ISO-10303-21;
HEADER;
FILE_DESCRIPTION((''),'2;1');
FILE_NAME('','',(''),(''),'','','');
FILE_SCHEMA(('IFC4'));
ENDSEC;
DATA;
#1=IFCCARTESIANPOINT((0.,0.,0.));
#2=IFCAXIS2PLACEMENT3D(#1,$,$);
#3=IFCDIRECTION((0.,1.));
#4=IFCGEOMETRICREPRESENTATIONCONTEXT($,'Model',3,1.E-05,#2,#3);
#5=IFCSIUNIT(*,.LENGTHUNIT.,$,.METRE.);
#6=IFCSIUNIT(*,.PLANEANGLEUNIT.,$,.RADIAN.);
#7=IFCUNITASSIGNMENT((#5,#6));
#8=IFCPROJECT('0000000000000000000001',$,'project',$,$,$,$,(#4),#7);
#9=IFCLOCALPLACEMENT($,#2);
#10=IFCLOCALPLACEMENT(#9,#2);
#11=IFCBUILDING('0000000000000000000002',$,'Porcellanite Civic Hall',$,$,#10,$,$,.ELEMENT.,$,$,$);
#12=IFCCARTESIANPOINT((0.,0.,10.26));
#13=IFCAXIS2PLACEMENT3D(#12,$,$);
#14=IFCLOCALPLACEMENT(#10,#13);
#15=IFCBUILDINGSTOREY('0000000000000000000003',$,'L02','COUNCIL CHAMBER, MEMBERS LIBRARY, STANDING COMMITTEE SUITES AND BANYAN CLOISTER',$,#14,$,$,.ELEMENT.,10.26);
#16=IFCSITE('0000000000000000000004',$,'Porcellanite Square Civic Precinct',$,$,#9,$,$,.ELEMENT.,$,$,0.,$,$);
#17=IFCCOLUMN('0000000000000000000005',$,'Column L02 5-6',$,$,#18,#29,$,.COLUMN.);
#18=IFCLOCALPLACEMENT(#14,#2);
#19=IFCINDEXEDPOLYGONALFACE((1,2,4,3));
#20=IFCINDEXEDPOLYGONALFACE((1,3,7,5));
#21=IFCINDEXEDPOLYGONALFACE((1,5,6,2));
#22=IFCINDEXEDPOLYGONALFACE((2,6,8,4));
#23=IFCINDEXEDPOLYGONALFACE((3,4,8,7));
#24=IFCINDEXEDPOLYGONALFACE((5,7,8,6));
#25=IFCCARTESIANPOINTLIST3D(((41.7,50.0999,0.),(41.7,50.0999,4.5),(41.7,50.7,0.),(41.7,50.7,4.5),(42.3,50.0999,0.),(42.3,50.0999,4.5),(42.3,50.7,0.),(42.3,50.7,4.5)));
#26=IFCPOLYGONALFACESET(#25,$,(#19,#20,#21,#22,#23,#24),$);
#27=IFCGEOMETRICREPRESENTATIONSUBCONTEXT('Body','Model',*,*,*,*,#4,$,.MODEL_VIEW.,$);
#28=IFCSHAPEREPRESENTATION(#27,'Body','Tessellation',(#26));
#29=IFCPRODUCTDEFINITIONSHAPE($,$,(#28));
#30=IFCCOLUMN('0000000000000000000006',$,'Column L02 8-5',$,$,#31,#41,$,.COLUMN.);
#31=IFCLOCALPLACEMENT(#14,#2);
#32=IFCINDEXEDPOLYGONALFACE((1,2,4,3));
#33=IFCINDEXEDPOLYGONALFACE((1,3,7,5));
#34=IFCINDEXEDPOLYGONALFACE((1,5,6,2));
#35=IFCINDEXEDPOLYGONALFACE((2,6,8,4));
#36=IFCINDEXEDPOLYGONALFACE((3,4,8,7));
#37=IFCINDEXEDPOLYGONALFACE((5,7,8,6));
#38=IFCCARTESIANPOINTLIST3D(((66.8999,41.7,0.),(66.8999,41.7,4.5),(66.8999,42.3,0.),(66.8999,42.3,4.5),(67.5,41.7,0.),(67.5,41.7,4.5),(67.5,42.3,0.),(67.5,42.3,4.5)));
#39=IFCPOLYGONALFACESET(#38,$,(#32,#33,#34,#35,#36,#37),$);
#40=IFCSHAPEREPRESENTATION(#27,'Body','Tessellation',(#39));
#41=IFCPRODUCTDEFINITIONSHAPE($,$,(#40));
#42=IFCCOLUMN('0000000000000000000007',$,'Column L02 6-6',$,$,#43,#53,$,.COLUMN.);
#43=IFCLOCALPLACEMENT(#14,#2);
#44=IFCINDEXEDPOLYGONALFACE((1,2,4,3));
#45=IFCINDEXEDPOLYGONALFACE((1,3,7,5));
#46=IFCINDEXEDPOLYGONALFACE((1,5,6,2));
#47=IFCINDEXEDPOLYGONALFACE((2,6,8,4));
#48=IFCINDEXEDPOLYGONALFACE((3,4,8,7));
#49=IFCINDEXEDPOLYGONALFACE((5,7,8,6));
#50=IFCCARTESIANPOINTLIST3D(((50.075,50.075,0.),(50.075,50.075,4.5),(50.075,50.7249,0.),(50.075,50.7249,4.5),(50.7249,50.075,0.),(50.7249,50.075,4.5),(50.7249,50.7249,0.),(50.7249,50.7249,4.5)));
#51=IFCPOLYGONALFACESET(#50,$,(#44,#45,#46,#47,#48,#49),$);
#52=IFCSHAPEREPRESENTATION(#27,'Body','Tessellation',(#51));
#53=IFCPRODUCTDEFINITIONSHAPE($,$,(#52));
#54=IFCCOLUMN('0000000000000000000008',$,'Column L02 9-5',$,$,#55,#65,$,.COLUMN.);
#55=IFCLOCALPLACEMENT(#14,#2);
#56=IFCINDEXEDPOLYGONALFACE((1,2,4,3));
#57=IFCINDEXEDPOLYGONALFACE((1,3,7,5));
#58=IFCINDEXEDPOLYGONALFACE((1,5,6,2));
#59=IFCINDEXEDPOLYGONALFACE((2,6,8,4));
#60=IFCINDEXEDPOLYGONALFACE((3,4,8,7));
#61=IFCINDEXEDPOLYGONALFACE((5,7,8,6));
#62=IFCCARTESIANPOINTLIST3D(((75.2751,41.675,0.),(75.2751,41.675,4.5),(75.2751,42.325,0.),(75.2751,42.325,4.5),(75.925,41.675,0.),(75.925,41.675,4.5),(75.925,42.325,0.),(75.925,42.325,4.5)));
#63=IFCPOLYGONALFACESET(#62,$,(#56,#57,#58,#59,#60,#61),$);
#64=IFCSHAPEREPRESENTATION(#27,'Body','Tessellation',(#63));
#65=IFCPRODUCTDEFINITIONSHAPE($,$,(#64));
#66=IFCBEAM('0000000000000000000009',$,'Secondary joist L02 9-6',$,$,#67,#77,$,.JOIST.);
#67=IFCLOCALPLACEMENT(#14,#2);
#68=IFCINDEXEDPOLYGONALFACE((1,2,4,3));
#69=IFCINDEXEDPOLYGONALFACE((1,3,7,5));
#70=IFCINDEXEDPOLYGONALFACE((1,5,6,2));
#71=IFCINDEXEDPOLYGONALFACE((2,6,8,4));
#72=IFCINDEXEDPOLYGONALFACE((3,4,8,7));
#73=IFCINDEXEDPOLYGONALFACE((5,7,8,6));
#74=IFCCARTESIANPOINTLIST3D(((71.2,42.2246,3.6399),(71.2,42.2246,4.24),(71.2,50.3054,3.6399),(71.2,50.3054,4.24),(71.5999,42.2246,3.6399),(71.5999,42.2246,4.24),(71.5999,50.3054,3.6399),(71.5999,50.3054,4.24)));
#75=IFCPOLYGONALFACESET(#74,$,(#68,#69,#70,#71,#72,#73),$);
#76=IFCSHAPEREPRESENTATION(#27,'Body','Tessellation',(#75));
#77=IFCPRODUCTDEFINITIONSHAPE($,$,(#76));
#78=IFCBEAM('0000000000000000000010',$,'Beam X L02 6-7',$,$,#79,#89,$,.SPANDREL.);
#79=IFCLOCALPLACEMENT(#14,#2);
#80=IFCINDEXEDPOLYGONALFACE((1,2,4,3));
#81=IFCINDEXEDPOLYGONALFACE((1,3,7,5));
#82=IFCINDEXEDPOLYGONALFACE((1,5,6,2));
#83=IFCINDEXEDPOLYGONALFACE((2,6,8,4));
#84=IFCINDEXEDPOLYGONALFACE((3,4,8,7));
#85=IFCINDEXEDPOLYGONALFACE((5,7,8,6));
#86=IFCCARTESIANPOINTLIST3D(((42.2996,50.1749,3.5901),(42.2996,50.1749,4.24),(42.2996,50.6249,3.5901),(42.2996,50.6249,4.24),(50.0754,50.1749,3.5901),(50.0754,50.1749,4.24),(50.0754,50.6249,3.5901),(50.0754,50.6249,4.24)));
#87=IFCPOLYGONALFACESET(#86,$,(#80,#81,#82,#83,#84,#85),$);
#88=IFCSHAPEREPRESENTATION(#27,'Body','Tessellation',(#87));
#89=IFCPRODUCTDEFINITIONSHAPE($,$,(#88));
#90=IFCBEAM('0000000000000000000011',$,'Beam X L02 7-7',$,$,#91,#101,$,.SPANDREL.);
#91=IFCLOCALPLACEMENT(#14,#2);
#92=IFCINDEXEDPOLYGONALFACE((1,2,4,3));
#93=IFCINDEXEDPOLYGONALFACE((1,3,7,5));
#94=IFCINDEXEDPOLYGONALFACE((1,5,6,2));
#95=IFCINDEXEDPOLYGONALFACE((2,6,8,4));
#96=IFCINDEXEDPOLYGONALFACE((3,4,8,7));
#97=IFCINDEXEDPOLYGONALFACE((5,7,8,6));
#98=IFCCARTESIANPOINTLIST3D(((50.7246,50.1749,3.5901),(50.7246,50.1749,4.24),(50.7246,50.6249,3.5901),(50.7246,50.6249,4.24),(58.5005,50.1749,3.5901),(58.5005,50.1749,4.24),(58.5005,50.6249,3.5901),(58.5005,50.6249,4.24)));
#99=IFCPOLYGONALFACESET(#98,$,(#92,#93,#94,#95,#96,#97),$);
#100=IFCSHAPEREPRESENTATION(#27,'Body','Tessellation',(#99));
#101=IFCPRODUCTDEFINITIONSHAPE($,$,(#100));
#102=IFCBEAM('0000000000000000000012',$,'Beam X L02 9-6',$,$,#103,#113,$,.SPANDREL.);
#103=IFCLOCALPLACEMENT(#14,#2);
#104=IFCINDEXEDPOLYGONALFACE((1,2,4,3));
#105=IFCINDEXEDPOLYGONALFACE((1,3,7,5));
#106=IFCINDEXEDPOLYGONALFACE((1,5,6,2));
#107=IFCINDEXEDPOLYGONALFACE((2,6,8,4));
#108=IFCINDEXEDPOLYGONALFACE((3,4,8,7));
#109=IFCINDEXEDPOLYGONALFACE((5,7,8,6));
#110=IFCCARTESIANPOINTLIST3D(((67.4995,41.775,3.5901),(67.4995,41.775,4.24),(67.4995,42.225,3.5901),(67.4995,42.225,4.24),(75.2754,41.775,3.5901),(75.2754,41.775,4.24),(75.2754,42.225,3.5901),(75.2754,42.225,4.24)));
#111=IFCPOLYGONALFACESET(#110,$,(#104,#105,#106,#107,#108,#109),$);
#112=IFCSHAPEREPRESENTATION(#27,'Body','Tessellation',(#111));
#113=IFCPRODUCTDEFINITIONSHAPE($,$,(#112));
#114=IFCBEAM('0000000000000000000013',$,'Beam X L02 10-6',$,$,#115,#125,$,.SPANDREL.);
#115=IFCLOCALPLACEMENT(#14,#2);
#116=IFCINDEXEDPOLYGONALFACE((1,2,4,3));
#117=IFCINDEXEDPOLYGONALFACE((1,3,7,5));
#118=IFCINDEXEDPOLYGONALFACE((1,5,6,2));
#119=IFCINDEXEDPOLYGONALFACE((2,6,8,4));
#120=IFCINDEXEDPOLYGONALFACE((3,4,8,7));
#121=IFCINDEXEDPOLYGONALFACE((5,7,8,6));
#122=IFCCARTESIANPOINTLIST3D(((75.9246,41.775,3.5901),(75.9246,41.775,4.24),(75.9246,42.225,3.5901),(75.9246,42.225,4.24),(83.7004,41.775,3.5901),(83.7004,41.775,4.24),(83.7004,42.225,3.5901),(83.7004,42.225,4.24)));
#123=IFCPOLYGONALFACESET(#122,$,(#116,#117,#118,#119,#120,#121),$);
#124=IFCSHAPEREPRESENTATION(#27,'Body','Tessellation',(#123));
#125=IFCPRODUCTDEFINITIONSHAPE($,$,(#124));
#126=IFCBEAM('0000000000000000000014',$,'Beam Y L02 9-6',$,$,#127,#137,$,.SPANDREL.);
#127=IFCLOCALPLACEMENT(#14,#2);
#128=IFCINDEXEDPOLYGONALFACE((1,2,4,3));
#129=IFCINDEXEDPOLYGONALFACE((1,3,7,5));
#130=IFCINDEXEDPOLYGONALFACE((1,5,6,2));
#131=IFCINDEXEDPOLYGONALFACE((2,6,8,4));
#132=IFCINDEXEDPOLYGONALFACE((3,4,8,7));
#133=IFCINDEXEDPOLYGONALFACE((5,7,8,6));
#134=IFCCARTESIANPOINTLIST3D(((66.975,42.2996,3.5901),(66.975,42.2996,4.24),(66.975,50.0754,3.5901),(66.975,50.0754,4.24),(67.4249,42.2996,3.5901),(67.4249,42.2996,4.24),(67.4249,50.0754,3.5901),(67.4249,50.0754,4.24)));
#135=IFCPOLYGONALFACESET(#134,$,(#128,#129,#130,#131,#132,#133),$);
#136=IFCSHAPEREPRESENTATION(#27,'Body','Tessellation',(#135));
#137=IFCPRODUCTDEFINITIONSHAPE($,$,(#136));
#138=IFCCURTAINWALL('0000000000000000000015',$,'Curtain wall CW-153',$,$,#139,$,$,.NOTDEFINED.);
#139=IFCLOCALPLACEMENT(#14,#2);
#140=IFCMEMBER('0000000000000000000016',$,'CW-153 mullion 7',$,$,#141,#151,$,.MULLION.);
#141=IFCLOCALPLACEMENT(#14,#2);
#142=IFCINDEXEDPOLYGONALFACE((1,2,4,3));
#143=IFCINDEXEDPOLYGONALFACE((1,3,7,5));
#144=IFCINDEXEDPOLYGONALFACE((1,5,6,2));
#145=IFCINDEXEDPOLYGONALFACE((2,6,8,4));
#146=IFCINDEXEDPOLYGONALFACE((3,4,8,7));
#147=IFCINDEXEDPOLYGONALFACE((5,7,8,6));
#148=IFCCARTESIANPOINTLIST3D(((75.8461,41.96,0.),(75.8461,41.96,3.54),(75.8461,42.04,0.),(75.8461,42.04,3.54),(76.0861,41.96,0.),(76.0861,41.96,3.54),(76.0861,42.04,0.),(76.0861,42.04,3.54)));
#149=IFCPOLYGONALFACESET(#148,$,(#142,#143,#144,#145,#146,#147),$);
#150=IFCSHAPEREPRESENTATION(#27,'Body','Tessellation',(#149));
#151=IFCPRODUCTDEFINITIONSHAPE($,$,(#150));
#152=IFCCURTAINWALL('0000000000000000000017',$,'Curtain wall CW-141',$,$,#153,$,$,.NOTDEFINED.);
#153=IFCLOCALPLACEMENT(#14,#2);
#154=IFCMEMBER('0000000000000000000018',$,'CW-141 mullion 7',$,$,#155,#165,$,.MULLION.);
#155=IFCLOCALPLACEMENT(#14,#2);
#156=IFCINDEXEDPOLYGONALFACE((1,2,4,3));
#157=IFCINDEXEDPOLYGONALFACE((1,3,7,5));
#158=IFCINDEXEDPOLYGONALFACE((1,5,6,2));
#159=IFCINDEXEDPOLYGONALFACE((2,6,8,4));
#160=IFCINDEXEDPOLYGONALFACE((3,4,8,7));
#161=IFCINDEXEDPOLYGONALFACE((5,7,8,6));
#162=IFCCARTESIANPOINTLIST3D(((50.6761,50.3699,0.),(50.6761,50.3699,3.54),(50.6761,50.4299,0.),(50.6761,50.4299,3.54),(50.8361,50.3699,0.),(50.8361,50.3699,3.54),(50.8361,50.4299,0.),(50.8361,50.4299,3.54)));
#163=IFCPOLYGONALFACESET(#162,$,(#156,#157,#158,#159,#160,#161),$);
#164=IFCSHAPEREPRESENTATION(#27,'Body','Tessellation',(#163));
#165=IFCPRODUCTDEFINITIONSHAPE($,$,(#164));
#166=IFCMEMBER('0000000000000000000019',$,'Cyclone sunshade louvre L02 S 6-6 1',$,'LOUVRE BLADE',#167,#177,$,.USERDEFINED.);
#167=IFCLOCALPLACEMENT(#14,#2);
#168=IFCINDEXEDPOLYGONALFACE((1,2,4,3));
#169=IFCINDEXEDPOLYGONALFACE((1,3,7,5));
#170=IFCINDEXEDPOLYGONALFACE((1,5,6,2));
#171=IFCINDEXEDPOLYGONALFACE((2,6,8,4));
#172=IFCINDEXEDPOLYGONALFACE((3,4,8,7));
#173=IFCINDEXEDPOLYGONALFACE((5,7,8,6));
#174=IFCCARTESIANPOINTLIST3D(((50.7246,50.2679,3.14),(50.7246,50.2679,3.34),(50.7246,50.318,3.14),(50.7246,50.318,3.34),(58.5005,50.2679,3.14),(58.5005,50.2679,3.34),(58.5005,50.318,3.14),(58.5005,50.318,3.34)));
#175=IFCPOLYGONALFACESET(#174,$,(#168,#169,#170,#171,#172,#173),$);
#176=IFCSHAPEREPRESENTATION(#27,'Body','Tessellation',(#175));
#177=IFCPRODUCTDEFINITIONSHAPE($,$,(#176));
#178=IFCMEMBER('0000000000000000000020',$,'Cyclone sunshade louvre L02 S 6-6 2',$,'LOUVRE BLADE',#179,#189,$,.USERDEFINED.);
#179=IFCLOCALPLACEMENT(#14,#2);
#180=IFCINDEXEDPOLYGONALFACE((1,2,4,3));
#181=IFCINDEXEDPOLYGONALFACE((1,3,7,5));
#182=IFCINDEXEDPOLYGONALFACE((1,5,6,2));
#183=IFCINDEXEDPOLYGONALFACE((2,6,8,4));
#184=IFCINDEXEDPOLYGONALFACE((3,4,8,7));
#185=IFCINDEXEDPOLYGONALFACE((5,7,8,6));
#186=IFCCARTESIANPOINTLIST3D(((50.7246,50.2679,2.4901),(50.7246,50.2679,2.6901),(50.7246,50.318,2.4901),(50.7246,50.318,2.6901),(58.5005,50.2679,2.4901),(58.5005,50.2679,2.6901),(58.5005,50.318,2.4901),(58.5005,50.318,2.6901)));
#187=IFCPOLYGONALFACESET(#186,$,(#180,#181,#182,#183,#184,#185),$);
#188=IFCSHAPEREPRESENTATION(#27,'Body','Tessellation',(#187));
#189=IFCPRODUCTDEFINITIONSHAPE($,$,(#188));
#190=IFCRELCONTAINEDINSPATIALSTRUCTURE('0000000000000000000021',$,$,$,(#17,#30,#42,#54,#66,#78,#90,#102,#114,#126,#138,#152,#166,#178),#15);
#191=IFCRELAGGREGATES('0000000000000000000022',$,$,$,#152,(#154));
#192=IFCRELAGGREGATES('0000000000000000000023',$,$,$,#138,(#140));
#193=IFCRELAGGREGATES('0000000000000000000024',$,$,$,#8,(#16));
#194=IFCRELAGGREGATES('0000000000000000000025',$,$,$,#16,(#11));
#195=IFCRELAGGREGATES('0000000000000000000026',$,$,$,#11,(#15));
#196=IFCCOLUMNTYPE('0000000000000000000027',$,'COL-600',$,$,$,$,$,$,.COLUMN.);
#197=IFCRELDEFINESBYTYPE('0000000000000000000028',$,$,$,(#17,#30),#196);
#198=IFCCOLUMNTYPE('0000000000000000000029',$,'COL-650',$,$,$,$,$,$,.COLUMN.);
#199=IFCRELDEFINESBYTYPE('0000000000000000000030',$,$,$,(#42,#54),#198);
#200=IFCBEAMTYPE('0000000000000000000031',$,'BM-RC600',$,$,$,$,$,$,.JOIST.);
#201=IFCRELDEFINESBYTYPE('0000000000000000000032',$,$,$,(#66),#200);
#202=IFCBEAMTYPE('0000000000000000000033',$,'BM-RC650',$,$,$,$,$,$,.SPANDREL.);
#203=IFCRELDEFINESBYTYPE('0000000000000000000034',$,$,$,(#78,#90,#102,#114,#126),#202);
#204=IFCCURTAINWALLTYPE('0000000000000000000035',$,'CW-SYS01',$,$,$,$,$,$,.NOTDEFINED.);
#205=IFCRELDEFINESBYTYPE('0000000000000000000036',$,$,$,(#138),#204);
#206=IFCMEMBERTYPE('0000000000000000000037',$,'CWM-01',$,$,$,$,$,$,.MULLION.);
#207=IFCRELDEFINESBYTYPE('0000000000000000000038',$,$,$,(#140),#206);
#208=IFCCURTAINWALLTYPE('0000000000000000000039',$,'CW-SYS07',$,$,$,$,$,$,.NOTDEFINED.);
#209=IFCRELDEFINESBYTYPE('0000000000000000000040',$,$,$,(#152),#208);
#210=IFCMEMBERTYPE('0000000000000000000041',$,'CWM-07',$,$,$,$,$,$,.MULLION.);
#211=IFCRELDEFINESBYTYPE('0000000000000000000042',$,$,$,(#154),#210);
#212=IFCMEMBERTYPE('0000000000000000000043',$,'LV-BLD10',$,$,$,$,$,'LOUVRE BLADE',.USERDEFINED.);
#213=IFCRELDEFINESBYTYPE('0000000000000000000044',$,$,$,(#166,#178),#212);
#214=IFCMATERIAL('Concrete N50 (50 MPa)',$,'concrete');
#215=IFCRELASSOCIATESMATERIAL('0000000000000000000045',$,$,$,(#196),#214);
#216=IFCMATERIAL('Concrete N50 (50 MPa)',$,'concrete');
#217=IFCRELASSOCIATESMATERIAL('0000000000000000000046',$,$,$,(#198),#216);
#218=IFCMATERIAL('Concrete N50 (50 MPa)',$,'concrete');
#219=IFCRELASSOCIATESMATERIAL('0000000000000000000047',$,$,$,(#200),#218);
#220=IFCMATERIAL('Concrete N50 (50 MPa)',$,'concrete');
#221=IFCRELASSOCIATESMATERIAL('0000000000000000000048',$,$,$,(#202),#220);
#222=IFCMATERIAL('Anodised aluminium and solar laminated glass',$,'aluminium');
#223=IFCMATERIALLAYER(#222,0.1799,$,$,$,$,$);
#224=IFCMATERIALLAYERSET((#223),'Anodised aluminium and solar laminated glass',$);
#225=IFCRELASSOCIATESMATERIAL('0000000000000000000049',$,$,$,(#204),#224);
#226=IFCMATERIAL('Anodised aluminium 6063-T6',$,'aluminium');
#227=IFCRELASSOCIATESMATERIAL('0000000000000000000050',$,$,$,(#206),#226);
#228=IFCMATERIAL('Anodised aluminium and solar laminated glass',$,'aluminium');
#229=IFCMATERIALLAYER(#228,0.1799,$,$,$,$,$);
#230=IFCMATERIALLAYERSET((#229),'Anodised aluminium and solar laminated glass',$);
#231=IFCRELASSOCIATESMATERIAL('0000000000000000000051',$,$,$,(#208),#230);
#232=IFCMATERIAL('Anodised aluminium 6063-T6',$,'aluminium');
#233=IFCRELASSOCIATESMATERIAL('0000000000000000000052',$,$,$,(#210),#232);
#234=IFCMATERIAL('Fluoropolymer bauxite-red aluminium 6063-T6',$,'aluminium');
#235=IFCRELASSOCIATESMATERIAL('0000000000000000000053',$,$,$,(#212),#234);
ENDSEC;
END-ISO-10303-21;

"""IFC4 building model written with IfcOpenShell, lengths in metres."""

from ifc_helpers import new_model, si_unit, direction, frame, origin, origin_2d, place, context, subcontext, project, spatial, rectangle, extrude, material, layer, layer_set, material_profile, profile_set, type_object, element, aggregate, save


model = new_model("IFC4")

# Units and contexts
model_context = context("Model", 3, precision=1e-05, world=origin(), true_north=direction((0.0, 1.0)))
body_context = subcontext(model_context, "Body", "Model", "MODEL_VIEW")
ifc_project = project(units=[si_unit("LENGTHUNIT", "METRE"), si_unit("PLANEANGLEUNIT", "RADIAN")], contexts=[model_context])

# Site, building, storey
site_placement = place(None, origin())
site = spatial("IfcSite", under=ifc_project, at=site_placement, Name="Porcellanite Square Civic Precinct", CompositionType="ELEMENT", RefElevation=0.0)
building_placement = place(site_placement, origin())
building = spatial("IfcBuilding", under=site, at=building_placement, Name="Porcellanite Civic Hall", CompositionType="ELEMENT")
storey_placement = place(building_placement, frame((0.0, 0.0, 10.26)))
storey = spatial("IfcBuildingStorey", under=building, at=storey_placement, Name="L02", Description="COUNCIL CHAMBER, MEMBERS LIBRARY, STANDING COMMITTEE SUITES AND BANYAN CLOISTER", CompositionType="ELEMENT", Elevation=10.26)

# Columns
ifc_material_1 = material(Name="Concrete N50 (50 MPa)", Category="concrete")
ifc_material_profile_1 = material_profile(ifc_material_1, rectangle(XDim=0.6001, YDim=0.6001, at=origin_2d()), Name="RC-600x600")
ifc_profile_set_1 = profile_set([ifc_material_profile_1], Name="Concrete N50 (50 MPa)")
column_type_1 = type_object("IfcColumnType", Name="COL-600", PredefinedType="COLUMN", material=ifc_profile_set_1)
for number, where, z_axis, x_axis, name in (
    (1, (42.0, 50.3999, 0.0), (0.0, 0.0, 1.0), (1.0, 0.0, 0.0), "Column L02 5-6"),
    (2, (67.2, 42.0, 0.0), (0.0, 0.0, 1.0), (1.0, 0.0, 0.0), "Column L02 8-5"),
):
    element("IfcColumn", number, at=place(storey_placement, frame(where, z_axis=z_axis, x_axis=x_axis)), inside=storey, type_object=column_type_1, Name=name, PredefinedType="COLUMN", context=body_context, shape_type="SweptSolid", body=[
        extrude(rectangle(XDim=0.6001, YDim=0.6001, at=origin_2d()), origin(), (0.0, 0.0, 1.0), 4.5),
    ])
ifc_material_2 = material(Name="Concrete N50 (50 MPa)", Category="concrete")
ifc_material_profile_2 = material_profile(ifc_material_2, rectangle(XDim=0.6499, YDim=0.6499, at=origin_2d()), Name="RC-650x650")
ifc_profile_set_2 = profile_set([ifc_material_profile_2], Name="Concrete N50 (50 MPa)")
column_type_2 = type_object("IfcColumnType", Name="COL-650", PredefinedType="COLUMN", material=ifc_profile_set_2)
for number, where, z_axis, x_axis, name in (
    (3, (50.3999, 50.3999, 0.0), (0.0, 0.0, 1.0), (1.0, 0.0, 0.0), "Column L02 6-6"),
    (4, (75.6001, 42.0, 0.0), (0.0, 0.0, 1.0), (1.0, 0.0, 0.0), "Column L02 9-5"),
):
    element("IfcColumn", number, at=place(storey_placement, frame(where, z_axis=z_axis, x_axis=x_axis)), inside=storey, type_object=column_type_2, Name=name, PredefinedType="COLUMN", context=body_context, shape_type="SweptSolid", body=[
        extrude(rectangle(XDim=0.6499, YDim=0.6499, at=origin_2d()), origin(), (0.0, 0.0, 1.0), 4.5),
    ])

# Beams
ifc_material_3 = material(Name="Concrete N50 (50 MPa)", Category="concrete")
ifc_material_profile_3 = material_profile(ifc_material_3, rectangle(XDim=0.3999, YDim=0.6001, at=origin_2d()), Name="RC-400x600")
ifc_profile_set_3 = profile_set([ifc_material_profile_3], Name="Concrete N50 (50 MPa)")
beam_type_1 = type_object("IfcBeamType", Name="BM-RC600", PredefinedType="JOIST", material=ifc_profile_set_3)
beam_1_placement = place(storey_placement, frame((71.3999, 42.2246, 3.9399), z_axis=(0.0, 1.0, 0.0), x_axis=(-1.0, 0.0, 0.0)))
element("IfcBeam", 5, at=beam_1_placement, inside=storey, type_object=beam_type_1, Name="Secondary joist L02 9-6", PredefinedType="JOIST", context=body_context, shape_type="SweptSolid", body=[
    extrude(rectangle(XDim=0.3999, YDim=0.6001, at=origin_2d()), origin(), (0.0, 0.0, 1.0), 8.0808),
])
ifc_material_4 = material(Name="Concrete N50 (50 MPa)", Category="concrete")
ifc_material_profile_4 = material_profile(ifc_material_4, rectangle(XDim=0.45, YDim=0.6499, at=origin_2d()), Name="RC-450x650")
ifc_profile_set_4 = profile_set([ifc_material_profile_4], Name="Concrete N50 (50 MPa)")
beam_type_2 = type_object("IfcBeamType", Name="BM-RC650", PredefinedType="SPANDREL", material=ifc_profile_set_4)
for number, where, z_axis, x_axis, name in (
    (6, (42.2996, 50.3999, 3.915), (1.0, 0.0, 0.0), (0.0, 1.0, 0.0), "Beam X L02 6-7"),
    (7, (50.7246, 50.3999, 3.915), (1.0, 0.0, 0.0), (0.0, 1.0, 0.0), "Beam X L02 7-7"),
    (8, (67.4995, 42.0, 3.915), (1.0, 0.0, 0.0), (0.0, 1.0, 0.0), "Beam X L02 9-6"),
    (9, (75.9246, 42.0, 3.915), (1.0, 0.0, 0.0), (0.0, 1.0, 0.0), "Beam X L02 10-6"),
    (10, (67.2, 42.2996, 3.915), (0.0, 1.0, 0.0), (-1.0, 0.0, 0.0), "Beam Y L02 9-6"),
):
    element("IfcBeam", number, at=place(storey_placement, frame(where, z_axis=z_axis, x_axis=x_axis)), inside=storey, type_object=beam_type_2, Name=name, PredefinedType="SPANDREL", context=body_context, shape_type="SweptSolid", body=[
        extrude(rectangle(XDim=0.45, YDim=0.6499, at=origin_2d()), origin(), (0.0, 0.0, 1.0), 7.7759),
    ])

# Curtain walls, members
ifc_material_5 = material(Name="Anodised aluminium and solar laminated glass", Category="aluminium")
ifc_layer_1 = layer(ifc_material_5, 0.1799)
ifc_layer_set_1 = layer_set([ifc_layer_1], Name="Anodised aluminium and solar laminated glass")
curtain_wall_type_1 = type_object("IfcCurtainWallType", Name="CW-SYS01", PredefinedType="NOTDEFINED", material=ifc_layer_set_1)
curtain_wall_1_placement = place(storey_placement, origin())
curtain_wall_1 = element("IfcCurtainWall", 11, at=curtain_wall_1_placement, inside=storey, type_object=curtain_wall_type_1, Name="Curtain wall CW-153", PredefinedType="NOTDEFINED")
ifc_material_6 = material(Name="Anodised aluminium 6063-T6", Category="aluminium")
ifc_material_profile_5 = material_profile(ifc_material_6, rectangle(XDim=0.0801, YDim=0.24, at=origin_2d()), Name="AL-80x240")
ifc_profile_set_5 = profile_set([ifc_material_profile_5], Name="Anodised aluminium 6063-T6")
member_type_1 = type_object("IfcMemberType", Name="CWM-01", PredefinedType="MULLION", material=ifc_profile_set_5)
member_1_placement = place(storey_placement, frame((75.9661, 42.0, 0.0), z_axis=(0.0, 0.0, 1.0), x_axis=(0.0, -1.0, 0.0)))
member_1 = element("IfcMember", 12, at=member_1_placement, type_object=member_type_1, Name="CW-153 mullion 7", PredefinedType="MULLION", context=body_context, shape_type="SweptSolid", body=[
    extrude(rectangle(XDim=0.0801, YDim=0.24, at=origin_2d()), origin(), (0.0, 0.0, 1.0), 3.54),
])
ifc_material_7 = material(Name="Anodised aluminium and solar laminated glass", Category="aluminium")
ifc_layer_2 = layer(ifc_material_7, 0.1799)
ifc_layer_set_2 = layer_set([ifc_layer_2], Name="Anodised aluminium and solar laminated glass")
curtain_wall_type_2 = type_object("IfcCurtainWallType", Name="CW-SYS07", PredefinedType="NOTDEFINED", material=ifc_layer_set_2)
curtain_wall_2_placement = place(storey_placement, origin())
curtain_wall_2 = element("IfcCurtainWall", 13, at=curtain_wall_2_placement, inside=storey, type_object=curtain_wall_type_2, Name="Curtain wall CW-141", PredefinedType="NOTDEFINED")
ifc_material_8 = material(Name="Anodised aluminium 6063-T6", Category="aluminium")
ifc_material_profile_6 = material_profile(ifc_material_8, rectangle(XDim=0.0601, YDim=0.1599, at=origin_2d()), Name="AL-60x160")
ifc_profile_set_6 = profile_set([ifc_material_profile_6], Name="Anodised aluminium 6063-T6")
member_type_2 = type_object("IfcMemberType", Name="CWM-07", PredefinedType="MULLION", material=ifc_profile_set_6)
member_2_placement = place(storey_placement, frame((50.7561, 50.3999, 0.0), z_axis=(0.0, 0.0, 1.0), x_axis=(0.0, -1.0, 0.0)))
member_2 = element("IfcMember", 14, at=member_2_placement, type_object=member_type_2, Name="CW-141 mullion 7", PredefinedType="MULLION", context=body_context, shape_type="SweptSolid", body=[
    extrude(rectangle(XDim=0.0601, YDim=0.1599, at=origin_2d()), origin(), (0.0, 0.0, 1.0), 3.54),
])
aggregate(curtain_wall_2, [member_2])

# Members
ifc_material_9 = material(Name="Fluoropolymer bauxite-red aluminium 6063-T6", Category="aluminium")
ifc_material_profile_7 = material_profile(ifc_material_9, rectangle(XDim=0.05, YDim=0.2, at=origin_2d()), Name="AL-50x200")
ifc_profile_set_7 = profile_set([ifc_material_profile_7], Name="Fluoropolymer bauxite-red aluminium 6063-T6")
member_type_3 = type_object("IfcMemberType", Name="LV-BLD10", ElementType="LOUVRE BLADE", PredefinedType="USERDEFINED", material=ifc_profile_set_7)
for number, where, z_axis, x_axis, name in (
    (15, (58.5005, 50.293, 3.24), (-1.0, 0.0, 0.0), (0.0, -1.0, 0.0), "Cyclone sunshade louvre L02 S 6-6 1"),
    (16, (58.5005, 50.293, 2.5901), (-1.0, 0.0, 0.0), (0.0, -1.0, 0.0), "Cyclone sunshade louvre L02 S 6-6 2"),
):
    element("IfcMember", number, at=place(storey_placement, frame(where, z_axis=z_axis, x_axis=x_axis)), inside=storey, type_object=member_type_3, Name=name, ObjectType="LOUVRE BLADE", PredefinedType="USERDEFINED", context=body_context, shape_type="SweptSolid", body=[
        extrude(rectangle(XDim=0.05, YDim=0.2, at=origin_2d()), origin(), (0.0, 0.0, 1.0), 7.7759),
    ])

aggregate(curtain_wall_1, [member_1])

save(model, "model.ifc")
